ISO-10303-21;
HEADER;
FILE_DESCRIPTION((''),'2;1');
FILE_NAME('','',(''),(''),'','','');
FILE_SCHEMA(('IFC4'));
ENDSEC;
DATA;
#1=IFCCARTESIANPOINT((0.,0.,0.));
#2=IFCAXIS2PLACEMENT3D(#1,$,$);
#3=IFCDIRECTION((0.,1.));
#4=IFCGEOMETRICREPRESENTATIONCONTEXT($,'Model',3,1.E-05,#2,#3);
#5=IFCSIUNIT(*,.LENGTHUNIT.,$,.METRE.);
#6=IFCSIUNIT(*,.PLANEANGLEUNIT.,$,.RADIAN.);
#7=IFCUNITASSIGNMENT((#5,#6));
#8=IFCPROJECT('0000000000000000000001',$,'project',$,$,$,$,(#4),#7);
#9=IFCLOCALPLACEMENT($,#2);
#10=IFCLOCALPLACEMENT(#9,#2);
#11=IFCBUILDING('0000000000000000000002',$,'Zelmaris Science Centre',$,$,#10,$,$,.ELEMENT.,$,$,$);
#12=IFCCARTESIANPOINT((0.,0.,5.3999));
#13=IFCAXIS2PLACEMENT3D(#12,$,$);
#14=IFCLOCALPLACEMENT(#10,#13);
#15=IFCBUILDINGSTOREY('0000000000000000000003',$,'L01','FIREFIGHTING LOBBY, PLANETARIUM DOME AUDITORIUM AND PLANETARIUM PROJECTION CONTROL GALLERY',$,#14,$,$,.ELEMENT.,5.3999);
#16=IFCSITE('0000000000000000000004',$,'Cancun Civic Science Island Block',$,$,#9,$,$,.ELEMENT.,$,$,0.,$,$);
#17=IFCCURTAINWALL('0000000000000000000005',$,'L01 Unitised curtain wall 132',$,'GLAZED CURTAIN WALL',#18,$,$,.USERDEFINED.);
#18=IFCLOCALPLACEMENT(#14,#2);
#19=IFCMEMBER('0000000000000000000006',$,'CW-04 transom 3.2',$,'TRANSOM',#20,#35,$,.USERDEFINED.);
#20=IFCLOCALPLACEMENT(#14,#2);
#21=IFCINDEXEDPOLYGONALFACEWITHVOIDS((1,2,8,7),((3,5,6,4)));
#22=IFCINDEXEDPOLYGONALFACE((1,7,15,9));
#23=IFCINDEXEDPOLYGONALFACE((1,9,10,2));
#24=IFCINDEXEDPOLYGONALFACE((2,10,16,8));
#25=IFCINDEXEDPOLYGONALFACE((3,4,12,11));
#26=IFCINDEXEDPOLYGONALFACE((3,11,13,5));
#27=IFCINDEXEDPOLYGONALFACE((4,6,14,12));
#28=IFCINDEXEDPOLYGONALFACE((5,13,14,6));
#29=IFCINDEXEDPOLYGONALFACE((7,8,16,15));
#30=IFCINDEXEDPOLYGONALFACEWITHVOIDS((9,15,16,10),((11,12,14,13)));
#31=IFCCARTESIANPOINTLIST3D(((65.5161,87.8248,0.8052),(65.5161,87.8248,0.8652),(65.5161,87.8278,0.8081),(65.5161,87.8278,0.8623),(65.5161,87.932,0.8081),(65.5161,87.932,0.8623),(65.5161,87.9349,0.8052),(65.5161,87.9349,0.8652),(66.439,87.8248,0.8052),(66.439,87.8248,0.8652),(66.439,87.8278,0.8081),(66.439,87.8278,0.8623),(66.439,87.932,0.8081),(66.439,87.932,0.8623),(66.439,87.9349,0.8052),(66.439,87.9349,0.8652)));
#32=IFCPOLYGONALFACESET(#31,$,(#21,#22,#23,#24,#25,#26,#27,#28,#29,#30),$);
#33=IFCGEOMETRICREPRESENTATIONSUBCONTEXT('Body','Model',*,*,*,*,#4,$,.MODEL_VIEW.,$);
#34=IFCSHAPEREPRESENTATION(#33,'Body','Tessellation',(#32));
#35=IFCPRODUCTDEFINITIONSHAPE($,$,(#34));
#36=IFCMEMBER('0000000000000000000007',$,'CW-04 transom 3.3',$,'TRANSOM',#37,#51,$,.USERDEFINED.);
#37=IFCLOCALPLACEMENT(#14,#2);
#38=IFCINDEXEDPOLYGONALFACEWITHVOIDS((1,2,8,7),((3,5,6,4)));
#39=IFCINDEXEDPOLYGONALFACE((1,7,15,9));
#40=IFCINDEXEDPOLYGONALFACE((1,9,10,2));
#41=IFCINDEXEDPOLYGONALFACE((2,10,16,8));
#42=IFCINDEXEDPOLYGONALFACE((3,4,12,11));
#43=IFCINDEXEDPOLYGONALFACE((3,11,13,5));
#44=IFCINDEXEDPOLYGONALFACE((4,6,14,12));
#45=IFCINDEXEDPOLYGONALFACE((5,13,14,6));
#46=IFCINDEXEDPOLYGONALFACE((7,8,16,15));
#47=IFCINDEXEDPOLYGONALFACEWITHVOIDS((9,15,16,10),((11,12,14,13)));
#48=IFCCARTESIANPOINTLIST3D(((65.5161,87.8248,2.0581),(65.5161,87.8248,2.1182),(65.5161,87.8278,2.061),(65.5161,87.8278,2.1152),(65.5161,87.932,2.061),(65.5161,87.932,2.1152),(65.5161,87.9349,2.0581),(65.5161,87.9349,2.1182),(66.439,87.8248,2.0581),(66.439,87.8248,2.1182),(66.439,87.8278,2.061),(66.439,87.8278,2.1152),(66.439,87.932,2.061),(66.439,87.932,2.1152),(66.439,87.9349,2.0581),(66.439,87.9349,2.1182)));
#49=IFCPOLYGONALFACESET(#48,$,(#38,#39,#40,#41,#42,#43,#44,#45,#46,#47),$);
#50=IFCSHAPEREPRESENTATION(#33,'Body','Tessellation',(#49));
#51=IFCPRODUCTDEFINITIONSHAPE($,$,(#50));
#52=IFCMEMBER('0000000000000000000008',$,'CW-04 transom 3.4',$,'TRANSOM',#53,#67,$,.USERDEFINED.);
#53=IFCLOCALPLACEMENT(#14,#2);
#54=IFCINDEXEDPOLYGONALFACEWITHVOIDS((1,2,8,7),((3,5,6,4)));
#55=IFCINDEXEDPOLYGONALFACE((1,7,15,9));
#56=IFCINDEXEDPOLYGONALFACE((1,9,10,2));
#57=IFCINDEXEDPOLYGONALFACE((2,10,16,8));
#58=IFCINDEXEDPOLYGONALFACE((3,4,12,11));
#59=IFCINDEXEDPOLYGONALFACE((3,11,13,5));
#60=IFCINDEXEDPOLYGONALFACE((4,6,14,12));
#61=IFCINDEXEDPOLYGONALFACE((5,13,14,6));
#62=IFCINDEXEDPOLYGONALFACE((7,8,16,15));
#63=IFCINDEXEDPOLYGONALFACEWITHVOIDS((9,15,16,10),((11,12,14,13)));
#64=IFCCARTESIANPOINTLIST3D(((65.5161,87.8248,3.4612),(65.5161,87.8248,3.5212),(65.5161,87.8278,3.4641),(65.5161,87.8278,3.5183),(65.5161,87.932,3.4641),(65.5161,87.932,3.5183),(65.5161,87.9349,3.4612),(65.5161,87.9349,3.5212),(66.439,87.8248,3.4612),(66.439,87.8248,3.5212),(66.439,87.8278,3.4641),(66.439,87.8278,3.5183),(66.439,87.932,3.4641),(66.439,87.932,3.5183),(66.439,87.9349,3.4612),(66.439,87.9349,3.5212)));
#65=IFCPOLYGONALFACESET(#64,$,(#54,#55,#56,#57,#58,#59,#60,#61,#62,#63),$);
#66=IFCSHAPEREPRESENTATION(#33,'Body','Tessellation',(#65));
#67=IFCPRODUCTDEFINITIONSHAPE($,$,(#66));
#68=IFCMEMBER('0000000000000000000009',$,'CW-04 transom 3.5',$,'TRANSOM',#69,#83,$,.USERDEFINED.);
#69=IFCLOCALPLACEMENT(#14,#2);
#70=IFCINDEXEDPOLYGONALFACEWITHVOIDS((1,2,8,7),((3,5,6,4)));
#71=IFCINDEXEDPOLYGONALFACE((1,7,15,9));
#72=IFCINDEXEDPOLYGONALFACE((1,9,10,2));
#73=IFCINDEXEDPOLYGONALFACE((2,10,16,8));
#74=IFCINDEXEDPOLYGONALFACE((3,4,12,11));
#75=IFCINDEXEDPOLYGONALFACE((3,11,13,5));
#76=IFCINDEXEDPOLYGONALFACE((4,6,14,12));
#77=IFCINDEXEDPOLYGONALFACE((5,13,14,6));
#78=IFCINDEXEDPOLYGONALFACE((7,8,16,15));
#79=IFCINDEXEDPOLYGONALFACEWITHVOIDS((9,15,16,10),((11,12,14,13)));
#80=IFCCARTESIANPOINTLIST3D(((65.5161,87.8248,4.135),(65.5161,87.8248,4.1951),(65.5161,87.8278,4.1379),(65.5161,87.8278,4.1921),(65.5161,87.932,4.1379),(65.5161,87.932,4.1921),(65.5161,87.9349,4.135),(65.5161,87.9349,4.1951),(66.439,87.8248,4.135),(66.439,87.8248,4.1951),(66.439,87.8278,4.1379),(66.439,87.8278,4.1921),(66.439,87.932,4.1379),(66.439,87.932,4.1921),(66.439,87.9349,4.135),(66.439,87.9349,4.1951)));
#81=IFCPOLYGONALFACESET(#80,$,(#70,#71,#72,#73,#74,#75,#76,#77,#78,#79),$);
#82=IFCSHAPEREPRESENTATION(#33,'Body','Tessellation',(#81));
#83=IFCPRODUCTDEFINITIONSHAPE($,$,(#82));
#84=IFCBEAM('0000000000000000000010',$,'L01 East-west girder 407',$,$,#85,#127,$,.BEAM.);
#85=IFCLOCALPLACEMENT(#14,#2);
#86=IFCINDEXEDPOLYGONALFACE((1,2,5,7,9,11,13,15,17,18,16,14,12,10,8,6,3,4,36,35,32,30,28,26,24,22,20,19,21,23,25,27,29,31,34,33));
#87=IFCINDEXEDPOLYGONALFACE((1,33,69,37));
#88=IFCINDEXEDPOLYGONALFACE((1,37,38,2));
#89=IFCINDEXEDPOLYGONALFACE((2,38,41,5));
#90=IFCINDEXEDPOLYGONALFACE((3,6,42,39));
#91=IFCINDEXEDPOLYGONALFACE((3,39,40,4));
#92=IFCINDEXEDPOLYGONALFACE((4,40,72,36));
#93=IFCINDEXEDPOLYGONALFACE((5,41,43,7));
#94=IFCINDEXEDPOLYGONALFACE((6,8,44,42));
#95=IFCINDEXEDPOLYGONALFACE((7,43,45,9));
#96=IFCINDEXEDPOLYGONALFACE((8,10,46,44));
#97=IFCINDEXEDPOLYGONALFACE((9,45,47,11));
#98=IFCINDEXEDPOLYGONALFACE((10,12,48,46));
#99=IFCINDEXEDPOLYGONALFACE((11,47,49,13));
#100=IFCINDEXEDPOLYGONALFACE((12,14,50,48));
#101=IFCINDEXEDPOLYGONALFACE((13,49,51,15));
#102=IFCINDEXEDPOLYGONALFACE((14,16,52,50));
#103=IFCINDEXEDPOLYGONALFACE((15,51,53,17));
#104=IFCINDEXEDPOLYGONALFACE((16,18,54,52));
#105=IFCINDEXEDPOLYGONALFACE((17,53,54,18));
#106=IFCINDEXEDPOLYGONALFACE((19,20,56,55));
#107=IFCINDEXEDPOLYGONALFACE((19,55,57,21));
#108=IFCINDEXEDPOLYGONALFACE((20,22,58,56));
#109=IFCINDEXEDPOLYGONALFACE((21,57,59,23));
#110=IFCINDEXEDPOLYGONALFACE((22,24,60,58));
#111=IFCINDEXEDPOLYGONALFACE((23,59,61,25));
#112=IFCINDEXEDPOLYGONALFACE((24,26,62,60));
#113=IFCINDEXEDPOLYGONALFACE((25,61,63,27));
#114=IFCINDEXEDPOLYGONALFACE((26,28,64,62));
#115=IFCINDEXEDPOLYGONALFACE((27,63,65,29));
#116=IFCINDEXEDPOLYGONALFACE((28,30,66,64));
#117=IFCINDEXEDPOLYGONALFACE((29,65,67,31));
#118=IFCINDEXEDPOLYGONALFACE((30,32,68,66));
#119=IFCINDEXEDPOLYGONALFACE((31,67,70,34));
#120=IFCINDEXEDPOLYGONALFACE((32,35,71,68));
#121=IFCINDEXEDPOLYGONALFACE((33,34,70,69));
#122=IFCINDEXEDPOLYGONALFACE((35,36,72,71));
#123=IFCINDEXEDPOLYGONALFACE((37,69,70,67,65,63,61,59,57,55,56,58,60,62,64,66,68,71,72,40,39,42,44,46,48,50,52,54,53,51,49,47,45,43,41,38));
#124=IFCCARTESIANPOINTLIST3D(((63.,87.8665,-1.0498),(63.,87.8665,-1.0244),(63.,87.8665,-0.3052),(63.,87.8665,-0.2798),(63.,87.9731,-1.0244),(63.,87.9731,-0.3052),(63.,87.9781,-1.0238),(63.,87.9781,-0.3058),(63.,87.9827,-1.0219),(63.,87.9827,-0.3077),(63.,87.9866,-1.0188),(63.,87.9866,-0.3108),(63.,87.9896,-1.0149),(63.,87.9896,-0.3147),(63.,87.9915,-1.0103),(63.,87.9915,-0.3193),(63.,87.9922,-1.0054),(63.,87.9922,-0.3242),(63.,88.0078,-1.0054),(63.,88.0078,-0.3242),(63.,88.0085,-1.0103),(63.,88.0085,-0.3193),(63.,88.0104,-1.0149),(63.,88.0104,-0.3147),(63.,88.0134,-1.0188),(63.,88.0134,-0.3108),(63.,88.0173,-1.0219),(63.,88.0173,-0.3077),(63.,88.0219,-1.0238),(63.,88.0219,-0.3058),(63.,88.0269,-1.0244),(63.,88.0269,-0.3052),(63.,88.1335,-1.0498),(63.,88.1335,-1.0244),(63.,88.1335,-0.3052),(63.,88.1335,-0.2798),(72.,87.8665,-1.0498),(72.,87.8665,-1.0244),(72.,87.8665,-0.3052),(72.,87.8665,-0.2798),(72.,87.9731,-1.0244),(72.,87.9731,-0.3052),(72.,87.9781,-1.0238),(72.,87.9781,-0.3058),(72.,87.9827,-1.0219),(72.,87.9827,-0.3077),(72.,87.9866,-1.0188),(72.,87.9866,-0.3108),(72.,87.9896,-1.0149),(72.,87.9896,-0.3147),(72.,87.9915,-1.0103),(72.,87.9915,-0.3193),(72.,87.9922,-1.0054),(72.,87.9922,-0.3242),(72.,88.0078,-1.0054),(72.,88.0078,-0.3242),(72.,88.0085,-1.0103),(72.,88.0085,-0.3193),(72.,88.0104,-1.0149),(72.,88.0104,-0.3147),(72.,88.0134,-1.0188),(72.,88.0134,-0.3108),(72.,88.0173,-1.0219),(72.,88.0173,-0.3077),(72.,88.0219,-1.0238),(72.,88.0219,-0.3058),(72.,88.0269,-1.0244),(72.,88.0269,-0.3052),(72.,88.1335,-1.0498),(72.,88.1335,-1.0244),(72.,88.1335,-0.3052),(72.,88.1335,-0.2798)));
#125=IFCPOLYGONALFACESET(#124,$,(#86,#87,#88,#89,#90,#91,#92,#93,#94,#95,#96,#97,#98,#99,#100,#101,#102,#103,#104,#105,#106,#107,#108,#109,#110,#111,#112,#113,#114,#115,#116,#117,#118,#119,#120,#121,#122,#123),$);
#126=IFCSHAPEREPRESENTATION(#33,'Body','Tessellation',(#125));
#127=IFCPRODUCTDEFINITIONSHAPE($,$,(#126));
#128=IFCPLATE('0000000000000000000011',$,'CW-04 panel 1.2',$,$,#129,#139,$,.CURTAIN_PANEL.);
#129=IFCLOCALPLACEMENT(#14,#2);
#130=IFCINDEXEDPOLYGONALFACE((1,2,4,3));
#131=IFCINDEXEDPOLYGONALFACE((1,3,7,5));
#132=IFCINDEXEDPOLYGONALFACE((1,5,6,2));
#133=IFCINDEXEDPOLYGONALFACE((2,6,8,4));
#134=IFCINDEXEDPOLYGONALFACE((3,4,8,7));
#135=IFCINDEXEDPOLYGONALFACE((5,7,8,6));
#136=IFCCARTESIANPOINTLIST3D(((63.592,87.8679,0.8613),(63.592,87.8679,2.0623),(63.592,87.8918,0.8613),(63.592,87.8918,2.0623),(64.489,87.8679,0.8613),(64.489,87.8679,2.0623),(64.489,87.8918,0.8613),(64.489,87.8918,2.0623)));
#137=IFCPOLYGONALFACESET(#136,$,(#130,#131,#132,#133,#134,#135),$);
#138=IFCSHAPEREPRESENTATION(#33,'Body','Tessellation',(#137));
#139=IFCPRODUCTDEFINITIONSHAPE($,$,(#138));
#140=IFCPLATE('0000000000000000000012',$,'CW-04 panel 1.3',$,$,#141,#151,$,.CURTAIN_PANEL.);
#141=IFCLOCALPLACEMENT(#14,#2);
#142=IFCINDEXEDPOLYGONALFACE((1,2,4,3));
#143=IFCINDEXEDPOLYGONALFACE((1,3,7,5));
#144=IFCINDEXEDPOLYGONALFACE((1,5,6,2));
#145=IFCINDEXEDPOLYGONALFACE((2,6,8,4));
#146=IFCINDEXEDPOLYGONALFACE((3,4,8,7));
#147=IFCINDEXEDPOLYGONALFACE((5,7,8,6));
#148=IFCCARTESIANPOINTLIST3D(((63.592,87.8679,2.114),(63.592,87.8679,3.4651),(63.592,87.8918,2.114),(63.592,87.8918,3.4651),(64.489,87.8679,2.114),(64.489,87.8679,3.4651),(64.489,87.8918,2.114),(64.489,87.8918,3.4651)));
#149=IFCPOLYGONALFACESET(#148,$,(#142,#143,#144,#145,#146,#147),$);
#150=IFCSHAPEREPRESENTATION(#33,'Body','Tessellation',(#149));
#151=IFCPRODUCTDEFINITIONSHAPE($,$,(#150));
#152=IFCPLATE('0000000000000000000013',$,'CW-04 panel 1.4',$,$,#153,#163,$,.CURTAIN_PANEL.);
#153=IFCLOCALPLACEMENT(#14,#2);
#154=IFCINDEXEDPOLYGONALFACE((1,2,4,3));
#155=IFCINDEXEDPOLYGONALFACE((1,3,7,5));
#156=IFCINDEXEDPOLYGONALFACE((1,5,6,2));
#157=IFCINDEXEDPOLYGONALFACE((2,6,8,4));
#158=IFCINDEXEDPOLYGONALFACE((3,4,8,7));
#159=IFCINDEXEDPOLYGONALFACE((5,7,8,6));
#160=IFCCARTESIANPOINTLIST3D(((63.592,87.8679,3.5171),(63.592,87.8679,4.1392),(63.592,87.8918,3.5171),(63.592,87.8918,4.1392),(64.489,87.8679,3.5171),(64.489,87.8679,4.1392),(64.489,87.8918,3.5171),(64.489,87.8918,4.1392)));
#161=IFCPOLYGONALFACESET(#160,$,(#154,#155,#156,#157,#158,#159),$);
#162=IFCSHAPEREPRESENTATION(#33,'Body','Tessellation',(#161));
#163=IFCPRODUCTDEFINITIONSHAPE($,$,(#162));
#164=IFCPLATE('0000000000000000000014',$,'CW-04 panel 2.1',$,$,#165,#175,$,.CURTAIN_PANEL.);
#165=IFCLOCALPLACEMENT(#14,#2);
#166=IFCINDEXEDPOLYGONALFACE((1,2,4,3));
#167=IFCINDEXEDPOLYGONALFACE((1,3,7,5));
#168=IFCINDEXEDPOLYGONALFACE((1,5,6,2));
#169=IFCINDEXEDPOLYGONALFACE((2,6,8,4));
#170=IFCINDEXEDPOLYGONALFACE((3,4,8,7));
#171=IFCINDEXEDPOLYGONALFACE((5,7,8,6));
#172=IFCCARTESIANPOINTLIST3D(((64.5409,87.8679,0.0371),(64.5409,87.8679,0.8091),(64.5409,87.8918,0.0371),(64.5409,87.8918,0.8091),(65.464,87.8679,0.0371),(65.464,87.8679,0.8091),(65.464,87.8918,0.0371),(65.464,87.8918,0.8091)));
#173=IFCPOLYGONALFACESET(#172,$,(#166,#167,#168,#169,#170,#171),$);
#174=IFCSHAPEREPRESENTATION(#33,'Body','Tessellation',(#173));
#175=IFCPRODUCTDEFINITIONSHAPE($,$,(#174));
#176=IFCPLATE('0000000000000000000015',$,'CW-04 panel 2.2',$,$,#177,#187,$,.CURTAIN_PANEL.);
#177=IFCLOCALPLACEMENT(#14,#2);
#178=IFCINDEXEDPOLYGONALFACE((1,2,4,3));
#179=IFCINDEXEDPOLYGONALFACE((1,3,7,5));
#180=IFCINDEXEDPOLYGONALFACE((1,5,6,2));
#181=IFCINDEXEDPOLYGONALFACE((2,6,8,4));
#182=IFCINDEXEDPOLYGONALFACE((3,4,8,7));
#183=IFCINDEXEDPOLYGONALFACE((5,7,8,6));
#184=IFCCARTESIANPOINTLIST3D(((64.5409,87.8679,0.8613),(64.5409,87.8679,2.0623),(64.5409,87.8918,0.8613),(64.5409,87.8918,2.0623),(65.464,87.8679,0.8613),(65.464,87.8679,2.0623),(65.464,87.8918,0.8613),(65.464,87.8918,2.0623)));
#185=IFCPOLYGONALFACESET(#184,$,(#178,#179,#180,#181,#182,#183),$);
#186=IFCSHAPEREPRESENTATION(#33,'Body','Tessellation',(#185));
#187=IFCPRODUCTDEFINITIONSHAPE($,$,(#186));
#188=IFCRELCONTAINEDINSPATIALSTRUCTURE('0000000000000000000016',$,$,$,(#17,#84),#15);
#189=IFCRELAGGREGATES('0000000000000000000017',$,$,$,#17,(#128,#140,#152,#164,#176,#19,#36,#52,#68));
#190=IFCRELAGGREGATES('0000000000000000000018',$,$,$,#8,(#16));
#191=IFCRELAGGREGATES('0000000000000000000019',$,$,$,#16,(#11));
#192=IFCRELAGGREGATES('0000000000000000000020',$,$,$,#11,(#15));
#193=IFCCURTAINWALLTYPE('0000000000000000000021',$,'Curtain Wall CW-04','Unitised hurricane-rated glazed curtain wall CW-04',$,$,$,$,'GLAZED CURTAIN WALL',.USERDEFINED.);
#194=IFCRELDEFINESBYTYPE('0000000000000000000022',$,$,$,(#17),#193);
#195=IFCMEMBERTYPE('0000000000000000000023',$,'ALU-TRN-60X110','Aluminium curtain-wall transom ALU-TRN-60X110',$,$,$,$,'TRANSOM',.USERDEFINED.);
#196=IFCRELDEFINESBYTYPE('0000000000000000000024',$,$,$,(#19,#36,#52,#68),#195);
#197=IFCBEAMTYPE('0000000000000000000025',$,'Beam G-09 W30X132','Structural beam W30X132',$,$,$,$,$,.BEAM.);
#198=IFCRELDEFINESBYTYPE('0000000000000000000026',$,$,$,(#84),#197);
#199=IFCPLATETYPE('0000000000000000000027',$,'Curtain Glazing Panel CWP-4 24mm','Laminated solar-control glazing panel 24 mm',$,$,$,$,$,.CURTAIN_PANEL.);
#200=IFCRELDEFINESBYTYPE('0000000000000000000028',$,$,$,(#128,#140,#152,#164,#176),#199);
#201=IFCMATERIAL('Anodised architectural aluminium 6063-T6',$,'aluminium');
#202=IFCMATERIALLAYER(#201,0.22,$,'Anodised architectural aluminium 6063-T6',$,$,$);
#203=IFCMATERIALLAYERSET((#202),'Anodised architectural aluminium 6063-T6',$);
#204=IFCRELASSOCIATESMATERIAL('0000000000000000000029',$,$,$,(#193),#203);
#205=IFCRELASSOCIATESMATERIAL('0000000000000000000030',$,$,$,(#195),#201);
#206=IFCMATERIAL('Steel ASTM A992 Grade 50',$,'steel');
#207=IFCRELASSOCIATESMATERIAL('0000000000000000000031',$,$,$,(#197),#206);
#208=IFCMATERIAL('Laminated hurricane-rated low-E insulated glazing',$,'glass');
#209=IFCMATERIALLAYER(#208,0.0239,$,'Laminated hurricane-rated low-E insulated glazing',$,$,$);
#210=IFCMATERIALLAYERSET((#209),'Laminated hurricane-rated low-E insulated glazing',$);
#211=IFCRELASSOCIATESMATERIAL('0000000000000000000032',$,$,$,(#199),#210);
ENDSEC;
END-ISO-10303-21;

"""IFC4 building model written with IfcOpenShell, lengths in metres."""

from ifc_helpers import new_model, si_unit, direction, frame, origin, origin_2d, place, context, subcontext, project, spatial, rectangle, hollow_rectangle, i_section, extrude, material, layer, layer_set, material_profile, profile_set, type_object, element, aggregate, save


model = new_model("IFC4")

# Units and contexts
model_context = context("Model", 3, precision=1e-05, world=origin(), true_north=direction((0.0, 1.0)))
body_context = subcontext(model_context, "Body", "Model", "MODEL_VIEW")
ifc_project = project(units=[si_unit("LENGTHUNIT", "METRE"), si_unit("PLANEANGLEUNIT", "RADIAN")], contexts=[model_context])

# Site, building, storey
site_placement = place(None, origin())
site = spatial("IfcSite", under=ifc_project, at=site_placement, Name="Cancun Civic Science Island Block", CompositionType="ELEMENT", RefElevation=0.0)
building_placement = place(site_placement, origin())
building = spatial("IfcBuilding", under=site, at=building_placement, Name="Zelmaris Science Centre", CompositionType="ELEMENT")
storey_placement = place(building_placement, frame((0.0, 0.0, 5.3999)))
storey = spatial("IfcBuildingStorey", under=building, at=storey_placement, Name="L01", Description="FIREFIGHTING LOBBY, PLANETARIUM DOME AUDITORIUM AND PLANETARIUM PROJECTION CONTROL GALLERY", CompositionType="ELEMENT", Elevation=5.3999)

# Shared definitions
ifc_material_1 = material(Name="Steel ASTM A992 Grade 50", Category="steel")

# Curtain wall, members
ifc_material_2 = material(Name="Anodised architectural aluminium 6063-T6", Category="aluminium")
ifc_layer_1 = layer(ifc_material_2, 0.22, Name="Anodised architectural aluminium 6063-T6")
ifc_layer_set_1 = layer_set([ifc_layer_1], Name="Anodised architectural aluminium 6063-T6")
curtain_wall_type = type_object("IfcCurtainWallType", Name="Curtain Wall CW-04", Description="Unitised hurricane-rated glazed curtain wall CW-04", ElementType="GLAZED CURTAIN WALL", PredefinedType="USERDEFINED", material=ifc_layer_set_1)
curtain_wall_placement = place(storey_placement, origin())
curtain_wall = element("IfcCurtainWall", 1, at=curtain_wall_placement, inside=storey, type_object=curtain_wall_type, Name="L01 Unitised curtain wall 132", ObjectType="GLAZED CURTAIN WALL", PredefinedType="USERDEFINED")
ifc_material_profile_1 = material_profile(ifc_material_2, hollow_rectangle(XDim=0.0601, YDim=0.1101, WallThickness=0.0029, at=origin_2d()), Name="ALU-TRN-60X110")
ifc_profile_set_1 = profile_set([ifc_material_profile_1], Name="Anodised architectural aluminium 6063-T6")
member_type_1 = type_object("IfcMemberType", Name="ALU-TRN-60X110", Description="Aluminium curtain-wall transom ALU-TRN-60X110", ElementType="TRANSOM", PredefinedType="USERDEFINED", material=ifc_profile_set_1)
member_1_placement = place(storey_placement, frame((65.5161, 87.8799, 0.8352), z_axis=(1.0, 0.0, 0.0), x_axis=(0.0, 0.0, 1.0)))
member_1 = element("IfcMember", 2, at=member_1_placement, type_object=member_type_1, Name="CW-04 transom 3.2", ObjectType="TRANSOM", PredefinedType="USERDEFINED", context=body_context, shape_type="SweptSolid", body=[
    extrude(hollow_rectangle(XDim=0.0601, YDim=0.1101, WallThickness=0.0029, at=origin_2d()), origin(), (0.0, 0.0, 1.0), 0.9229),
])
member_2_placement = place(storey_placement, frame((65.5161, 87.8799, 2.0881), z_axis=(1.0, 0.0, 0.0), x_axis=(0.0, 0.0, 1.0)))
member_2 = element("IfcMember", 3, at=member_2_placement, type_object=member_type_1, Name="CW-04 transom 3.3", ObjectType="TRANSOM", PredefinedType="USERDEFINED", context=body_context, shape_type="SweptSolid", body=[
    extrude(hollow_rectangle(XDim=0.0601, YDim=0.1101, WallThickness=0.0029, at=origin_2d()), origin(), (0.0, 0.0, 1.0), 0.9229),
])
member_3_placement = place(storey_placement, frame((65.5161, 87.8799, 3.4912), z_axis=(1.0, 0.0, 0.0), x_axis=(0.0, 0.0, 1.0)))
member_3 = element("IfcMember", 4, at=member_3_placement, type_object=member_type_1, Name="CW-04 transom 3.4", ObjectType="TRANSOM", PredefinedType="USERDEFINED", context=body_context, shape_type="SweptSolid", body=[
    extrude(hollow_rectangle(XDim=0.0601, YDim=0.1101, WallThickness=0.0029, at=origin_2d()), origin(), (0.0, 0.0, 1.0), 0.9229),
])
member_4_placement = place(storey_placement, frame((65.5161, 87.8799, 4.165), z_axis=(1.0, 0.0, 0.0), x_axis=(0.0, 0.0, 1.0)))
member_4 = element("IfcMember", 5, at=member_4_placement, type_object=member_type_1, Name="CW-04 transom 3.5", ObjectType="TRANSOM", PredefinedType="USERDEFINED", context=body_context, shape_type="SweptSolid", body=[
    extrude(hollow_rectangle(XDim=0.0601, YDim=0.1101, WallThickness=0.0029, at=origin_2d()), origin(), (0.0, 0.0, 1.0), 0.9229),
])

# Beam
ifc_material_profile_2 = material_profile(ifc_material_1, i_section(OverallWidth=0.2671, OverallDepth=0.77, WebThickness=0.0156, FlangeThickness=0.0254, FilletRadius=0.019, at=origin_2d()), Name="W30X132")
ifc_profile_set_2 = profile_set([ifc_material_profile_2], Name="Steel ASTM A992 Grade 50")
beam_type = type_object("IfcBeamType", Name="Beam G-09 W30X132", Description="Structural beam W30X132", PredefinedType="BEAM", material=ifc_profile_set_2)
beam_placement = place(storey_placement, frame((63.0, 88.0, -0.6648), z_axis=(1.0, 0.0, 0.0), x_axis=(0.0, 1.0, 0.0)))
element("IfcBeam", 6, at=beam_placement, inside=storey, type_object=beam_type, Name="L01 East-west girder 407", PredefinedType="BEAM", context=body_context, shape_type="SweptSolid", body=[
    extrude(i_section(OverallWidth=0.2671, OverallDepth=0.77, WebThickness=0.0156, FlangeThickness=0.0254, FilletRadius=0.019, at=origin_2d()), origin(), (0.0, 0.0, 1.0), 9.0),
])

# Plates
ifc_material_3 = material(Name="Laminated hurricane-rated low-E insulated glazing", Category="glass")
ifc_layer_2 = layer(ifc_material_3, 0.0239, Name="Laminated hurricane-rated low-E insulated glazing")
ifc_layer_set_2 = layer_set([ifc_layer_2], Name="Laminated hurricane-rated low-E insulated glazing")
plate_type = type_object("IfcPlateType", Name="Curtain Glazing Panel CWP-4 24mm", Description="Laminated solar-control glazing panel 24 mm", PredefinedType="CURTAIN_PANEL", material=ifc_layer_set_2)
plate_1_placement = place(storey_placement, frame((64.0405, 87.8799, 0.8613), z_axis=(0.0, 0.0, 1.0), x_axis=(1.0, 0.0, 0.0)))
plate_1 = element("IfcPlate", 7, at=plate_1_placement, type_object=plate_type, Name="CW-04 panel 1.2", PredefinedType="CURTAIN_PANEL", context=body_context, shape_type="SweptSolid", body=[
    extrude(rectangle(XDim=0.897, YDim=0.0239, at=origin_2d()), origin(), (0.0, 0.0, 1.0), 1.2009),
])
plate_2_placement = place(storey_placement, frame((64.0405, 87.8799, 2.114), z_axis=(0.0, 0.0, 1.0), x_axis=(1.0, 0.0, 0.0)))
plate_2 = element("IfcPlate", 8, at=plate_2_placement, type_object=plate_type, Name="CW-04 panel 1.3", PredefinedType="CURTAIN_PANEL", context=body_context, shape_type="SweptSolid", body=[
    extrude(rectangle(XDim=0.897, YDim=0.0239, at=origin_2d()), origin(), (0.0, 0.0, 1.0), 1.3511),
])
plate_3_placement = place(storey_placement, frame((64.0405, 87.8799, 3.5171), z_axis=(0.0, 0.0, 1.0), x_axis=(1.0, 0.0, 0.0)))
plate_3 = element("IfcPlate", 9, at=plate_3_placement, type_object=plate_type, Name="CW-04 panel 1.4", PredefinedType="CURTAIN_PANEL", context=body_context, shape_type="SweptSolid", body=[
    extrude(rectangle(XDim=0.897, YDim=0.0239, at=origin_2d()), origin(), (0.0, 0.0, 1.0), 0.6221),
])
plate_4_placement = place(storey_placement, frame((65.0024, 87.8799, 0.0371), z_axis=(0.0, 0.0, 1.0), x_axis=(1.0, 0.0, 0.0)))
plate_4 = element("IfcPlate", 10, at=plate_4_placement, type_object=plate_type, Name="CW-04 panel 2.1", PredefinedType="CURTAIN_PANEL", context=body_context, shape_type="SweptSolid", body=[
    extrude(rectangle(XDim=0.9231, YDim=0.0239, at=origin_2d()), origin(), (0.0, 0.0, 1.0), 0.772),
])
plate_5_placement = place(storey_placement, frame((65.0024, 87.8799, 0.8613), z_axis=(0.0, 0.0, 1.0), x_axis=(1.0, 0.0, 0.0)))
plate_5 = element("IfcPlate", 11, at=plate_5_placement, type_object=plate_type, Name="CW-04 panel 2.2", PredefinedType="CURTAIN_PANEL", context=body_context, shape_type="SweptSolid", body=[
    extrude(rectangle(XDim=0.9231, YDim=0.0239, at=origin_2d()), origin(), (0.0, 0.0, 1.0), 1.2009),
])
aggregate(curtain_wall, [plate_1, plate_2, plate_3, plate_4, plate_5, member_1, member_2, member_3, member_4])

save(model, "model.ifc")
